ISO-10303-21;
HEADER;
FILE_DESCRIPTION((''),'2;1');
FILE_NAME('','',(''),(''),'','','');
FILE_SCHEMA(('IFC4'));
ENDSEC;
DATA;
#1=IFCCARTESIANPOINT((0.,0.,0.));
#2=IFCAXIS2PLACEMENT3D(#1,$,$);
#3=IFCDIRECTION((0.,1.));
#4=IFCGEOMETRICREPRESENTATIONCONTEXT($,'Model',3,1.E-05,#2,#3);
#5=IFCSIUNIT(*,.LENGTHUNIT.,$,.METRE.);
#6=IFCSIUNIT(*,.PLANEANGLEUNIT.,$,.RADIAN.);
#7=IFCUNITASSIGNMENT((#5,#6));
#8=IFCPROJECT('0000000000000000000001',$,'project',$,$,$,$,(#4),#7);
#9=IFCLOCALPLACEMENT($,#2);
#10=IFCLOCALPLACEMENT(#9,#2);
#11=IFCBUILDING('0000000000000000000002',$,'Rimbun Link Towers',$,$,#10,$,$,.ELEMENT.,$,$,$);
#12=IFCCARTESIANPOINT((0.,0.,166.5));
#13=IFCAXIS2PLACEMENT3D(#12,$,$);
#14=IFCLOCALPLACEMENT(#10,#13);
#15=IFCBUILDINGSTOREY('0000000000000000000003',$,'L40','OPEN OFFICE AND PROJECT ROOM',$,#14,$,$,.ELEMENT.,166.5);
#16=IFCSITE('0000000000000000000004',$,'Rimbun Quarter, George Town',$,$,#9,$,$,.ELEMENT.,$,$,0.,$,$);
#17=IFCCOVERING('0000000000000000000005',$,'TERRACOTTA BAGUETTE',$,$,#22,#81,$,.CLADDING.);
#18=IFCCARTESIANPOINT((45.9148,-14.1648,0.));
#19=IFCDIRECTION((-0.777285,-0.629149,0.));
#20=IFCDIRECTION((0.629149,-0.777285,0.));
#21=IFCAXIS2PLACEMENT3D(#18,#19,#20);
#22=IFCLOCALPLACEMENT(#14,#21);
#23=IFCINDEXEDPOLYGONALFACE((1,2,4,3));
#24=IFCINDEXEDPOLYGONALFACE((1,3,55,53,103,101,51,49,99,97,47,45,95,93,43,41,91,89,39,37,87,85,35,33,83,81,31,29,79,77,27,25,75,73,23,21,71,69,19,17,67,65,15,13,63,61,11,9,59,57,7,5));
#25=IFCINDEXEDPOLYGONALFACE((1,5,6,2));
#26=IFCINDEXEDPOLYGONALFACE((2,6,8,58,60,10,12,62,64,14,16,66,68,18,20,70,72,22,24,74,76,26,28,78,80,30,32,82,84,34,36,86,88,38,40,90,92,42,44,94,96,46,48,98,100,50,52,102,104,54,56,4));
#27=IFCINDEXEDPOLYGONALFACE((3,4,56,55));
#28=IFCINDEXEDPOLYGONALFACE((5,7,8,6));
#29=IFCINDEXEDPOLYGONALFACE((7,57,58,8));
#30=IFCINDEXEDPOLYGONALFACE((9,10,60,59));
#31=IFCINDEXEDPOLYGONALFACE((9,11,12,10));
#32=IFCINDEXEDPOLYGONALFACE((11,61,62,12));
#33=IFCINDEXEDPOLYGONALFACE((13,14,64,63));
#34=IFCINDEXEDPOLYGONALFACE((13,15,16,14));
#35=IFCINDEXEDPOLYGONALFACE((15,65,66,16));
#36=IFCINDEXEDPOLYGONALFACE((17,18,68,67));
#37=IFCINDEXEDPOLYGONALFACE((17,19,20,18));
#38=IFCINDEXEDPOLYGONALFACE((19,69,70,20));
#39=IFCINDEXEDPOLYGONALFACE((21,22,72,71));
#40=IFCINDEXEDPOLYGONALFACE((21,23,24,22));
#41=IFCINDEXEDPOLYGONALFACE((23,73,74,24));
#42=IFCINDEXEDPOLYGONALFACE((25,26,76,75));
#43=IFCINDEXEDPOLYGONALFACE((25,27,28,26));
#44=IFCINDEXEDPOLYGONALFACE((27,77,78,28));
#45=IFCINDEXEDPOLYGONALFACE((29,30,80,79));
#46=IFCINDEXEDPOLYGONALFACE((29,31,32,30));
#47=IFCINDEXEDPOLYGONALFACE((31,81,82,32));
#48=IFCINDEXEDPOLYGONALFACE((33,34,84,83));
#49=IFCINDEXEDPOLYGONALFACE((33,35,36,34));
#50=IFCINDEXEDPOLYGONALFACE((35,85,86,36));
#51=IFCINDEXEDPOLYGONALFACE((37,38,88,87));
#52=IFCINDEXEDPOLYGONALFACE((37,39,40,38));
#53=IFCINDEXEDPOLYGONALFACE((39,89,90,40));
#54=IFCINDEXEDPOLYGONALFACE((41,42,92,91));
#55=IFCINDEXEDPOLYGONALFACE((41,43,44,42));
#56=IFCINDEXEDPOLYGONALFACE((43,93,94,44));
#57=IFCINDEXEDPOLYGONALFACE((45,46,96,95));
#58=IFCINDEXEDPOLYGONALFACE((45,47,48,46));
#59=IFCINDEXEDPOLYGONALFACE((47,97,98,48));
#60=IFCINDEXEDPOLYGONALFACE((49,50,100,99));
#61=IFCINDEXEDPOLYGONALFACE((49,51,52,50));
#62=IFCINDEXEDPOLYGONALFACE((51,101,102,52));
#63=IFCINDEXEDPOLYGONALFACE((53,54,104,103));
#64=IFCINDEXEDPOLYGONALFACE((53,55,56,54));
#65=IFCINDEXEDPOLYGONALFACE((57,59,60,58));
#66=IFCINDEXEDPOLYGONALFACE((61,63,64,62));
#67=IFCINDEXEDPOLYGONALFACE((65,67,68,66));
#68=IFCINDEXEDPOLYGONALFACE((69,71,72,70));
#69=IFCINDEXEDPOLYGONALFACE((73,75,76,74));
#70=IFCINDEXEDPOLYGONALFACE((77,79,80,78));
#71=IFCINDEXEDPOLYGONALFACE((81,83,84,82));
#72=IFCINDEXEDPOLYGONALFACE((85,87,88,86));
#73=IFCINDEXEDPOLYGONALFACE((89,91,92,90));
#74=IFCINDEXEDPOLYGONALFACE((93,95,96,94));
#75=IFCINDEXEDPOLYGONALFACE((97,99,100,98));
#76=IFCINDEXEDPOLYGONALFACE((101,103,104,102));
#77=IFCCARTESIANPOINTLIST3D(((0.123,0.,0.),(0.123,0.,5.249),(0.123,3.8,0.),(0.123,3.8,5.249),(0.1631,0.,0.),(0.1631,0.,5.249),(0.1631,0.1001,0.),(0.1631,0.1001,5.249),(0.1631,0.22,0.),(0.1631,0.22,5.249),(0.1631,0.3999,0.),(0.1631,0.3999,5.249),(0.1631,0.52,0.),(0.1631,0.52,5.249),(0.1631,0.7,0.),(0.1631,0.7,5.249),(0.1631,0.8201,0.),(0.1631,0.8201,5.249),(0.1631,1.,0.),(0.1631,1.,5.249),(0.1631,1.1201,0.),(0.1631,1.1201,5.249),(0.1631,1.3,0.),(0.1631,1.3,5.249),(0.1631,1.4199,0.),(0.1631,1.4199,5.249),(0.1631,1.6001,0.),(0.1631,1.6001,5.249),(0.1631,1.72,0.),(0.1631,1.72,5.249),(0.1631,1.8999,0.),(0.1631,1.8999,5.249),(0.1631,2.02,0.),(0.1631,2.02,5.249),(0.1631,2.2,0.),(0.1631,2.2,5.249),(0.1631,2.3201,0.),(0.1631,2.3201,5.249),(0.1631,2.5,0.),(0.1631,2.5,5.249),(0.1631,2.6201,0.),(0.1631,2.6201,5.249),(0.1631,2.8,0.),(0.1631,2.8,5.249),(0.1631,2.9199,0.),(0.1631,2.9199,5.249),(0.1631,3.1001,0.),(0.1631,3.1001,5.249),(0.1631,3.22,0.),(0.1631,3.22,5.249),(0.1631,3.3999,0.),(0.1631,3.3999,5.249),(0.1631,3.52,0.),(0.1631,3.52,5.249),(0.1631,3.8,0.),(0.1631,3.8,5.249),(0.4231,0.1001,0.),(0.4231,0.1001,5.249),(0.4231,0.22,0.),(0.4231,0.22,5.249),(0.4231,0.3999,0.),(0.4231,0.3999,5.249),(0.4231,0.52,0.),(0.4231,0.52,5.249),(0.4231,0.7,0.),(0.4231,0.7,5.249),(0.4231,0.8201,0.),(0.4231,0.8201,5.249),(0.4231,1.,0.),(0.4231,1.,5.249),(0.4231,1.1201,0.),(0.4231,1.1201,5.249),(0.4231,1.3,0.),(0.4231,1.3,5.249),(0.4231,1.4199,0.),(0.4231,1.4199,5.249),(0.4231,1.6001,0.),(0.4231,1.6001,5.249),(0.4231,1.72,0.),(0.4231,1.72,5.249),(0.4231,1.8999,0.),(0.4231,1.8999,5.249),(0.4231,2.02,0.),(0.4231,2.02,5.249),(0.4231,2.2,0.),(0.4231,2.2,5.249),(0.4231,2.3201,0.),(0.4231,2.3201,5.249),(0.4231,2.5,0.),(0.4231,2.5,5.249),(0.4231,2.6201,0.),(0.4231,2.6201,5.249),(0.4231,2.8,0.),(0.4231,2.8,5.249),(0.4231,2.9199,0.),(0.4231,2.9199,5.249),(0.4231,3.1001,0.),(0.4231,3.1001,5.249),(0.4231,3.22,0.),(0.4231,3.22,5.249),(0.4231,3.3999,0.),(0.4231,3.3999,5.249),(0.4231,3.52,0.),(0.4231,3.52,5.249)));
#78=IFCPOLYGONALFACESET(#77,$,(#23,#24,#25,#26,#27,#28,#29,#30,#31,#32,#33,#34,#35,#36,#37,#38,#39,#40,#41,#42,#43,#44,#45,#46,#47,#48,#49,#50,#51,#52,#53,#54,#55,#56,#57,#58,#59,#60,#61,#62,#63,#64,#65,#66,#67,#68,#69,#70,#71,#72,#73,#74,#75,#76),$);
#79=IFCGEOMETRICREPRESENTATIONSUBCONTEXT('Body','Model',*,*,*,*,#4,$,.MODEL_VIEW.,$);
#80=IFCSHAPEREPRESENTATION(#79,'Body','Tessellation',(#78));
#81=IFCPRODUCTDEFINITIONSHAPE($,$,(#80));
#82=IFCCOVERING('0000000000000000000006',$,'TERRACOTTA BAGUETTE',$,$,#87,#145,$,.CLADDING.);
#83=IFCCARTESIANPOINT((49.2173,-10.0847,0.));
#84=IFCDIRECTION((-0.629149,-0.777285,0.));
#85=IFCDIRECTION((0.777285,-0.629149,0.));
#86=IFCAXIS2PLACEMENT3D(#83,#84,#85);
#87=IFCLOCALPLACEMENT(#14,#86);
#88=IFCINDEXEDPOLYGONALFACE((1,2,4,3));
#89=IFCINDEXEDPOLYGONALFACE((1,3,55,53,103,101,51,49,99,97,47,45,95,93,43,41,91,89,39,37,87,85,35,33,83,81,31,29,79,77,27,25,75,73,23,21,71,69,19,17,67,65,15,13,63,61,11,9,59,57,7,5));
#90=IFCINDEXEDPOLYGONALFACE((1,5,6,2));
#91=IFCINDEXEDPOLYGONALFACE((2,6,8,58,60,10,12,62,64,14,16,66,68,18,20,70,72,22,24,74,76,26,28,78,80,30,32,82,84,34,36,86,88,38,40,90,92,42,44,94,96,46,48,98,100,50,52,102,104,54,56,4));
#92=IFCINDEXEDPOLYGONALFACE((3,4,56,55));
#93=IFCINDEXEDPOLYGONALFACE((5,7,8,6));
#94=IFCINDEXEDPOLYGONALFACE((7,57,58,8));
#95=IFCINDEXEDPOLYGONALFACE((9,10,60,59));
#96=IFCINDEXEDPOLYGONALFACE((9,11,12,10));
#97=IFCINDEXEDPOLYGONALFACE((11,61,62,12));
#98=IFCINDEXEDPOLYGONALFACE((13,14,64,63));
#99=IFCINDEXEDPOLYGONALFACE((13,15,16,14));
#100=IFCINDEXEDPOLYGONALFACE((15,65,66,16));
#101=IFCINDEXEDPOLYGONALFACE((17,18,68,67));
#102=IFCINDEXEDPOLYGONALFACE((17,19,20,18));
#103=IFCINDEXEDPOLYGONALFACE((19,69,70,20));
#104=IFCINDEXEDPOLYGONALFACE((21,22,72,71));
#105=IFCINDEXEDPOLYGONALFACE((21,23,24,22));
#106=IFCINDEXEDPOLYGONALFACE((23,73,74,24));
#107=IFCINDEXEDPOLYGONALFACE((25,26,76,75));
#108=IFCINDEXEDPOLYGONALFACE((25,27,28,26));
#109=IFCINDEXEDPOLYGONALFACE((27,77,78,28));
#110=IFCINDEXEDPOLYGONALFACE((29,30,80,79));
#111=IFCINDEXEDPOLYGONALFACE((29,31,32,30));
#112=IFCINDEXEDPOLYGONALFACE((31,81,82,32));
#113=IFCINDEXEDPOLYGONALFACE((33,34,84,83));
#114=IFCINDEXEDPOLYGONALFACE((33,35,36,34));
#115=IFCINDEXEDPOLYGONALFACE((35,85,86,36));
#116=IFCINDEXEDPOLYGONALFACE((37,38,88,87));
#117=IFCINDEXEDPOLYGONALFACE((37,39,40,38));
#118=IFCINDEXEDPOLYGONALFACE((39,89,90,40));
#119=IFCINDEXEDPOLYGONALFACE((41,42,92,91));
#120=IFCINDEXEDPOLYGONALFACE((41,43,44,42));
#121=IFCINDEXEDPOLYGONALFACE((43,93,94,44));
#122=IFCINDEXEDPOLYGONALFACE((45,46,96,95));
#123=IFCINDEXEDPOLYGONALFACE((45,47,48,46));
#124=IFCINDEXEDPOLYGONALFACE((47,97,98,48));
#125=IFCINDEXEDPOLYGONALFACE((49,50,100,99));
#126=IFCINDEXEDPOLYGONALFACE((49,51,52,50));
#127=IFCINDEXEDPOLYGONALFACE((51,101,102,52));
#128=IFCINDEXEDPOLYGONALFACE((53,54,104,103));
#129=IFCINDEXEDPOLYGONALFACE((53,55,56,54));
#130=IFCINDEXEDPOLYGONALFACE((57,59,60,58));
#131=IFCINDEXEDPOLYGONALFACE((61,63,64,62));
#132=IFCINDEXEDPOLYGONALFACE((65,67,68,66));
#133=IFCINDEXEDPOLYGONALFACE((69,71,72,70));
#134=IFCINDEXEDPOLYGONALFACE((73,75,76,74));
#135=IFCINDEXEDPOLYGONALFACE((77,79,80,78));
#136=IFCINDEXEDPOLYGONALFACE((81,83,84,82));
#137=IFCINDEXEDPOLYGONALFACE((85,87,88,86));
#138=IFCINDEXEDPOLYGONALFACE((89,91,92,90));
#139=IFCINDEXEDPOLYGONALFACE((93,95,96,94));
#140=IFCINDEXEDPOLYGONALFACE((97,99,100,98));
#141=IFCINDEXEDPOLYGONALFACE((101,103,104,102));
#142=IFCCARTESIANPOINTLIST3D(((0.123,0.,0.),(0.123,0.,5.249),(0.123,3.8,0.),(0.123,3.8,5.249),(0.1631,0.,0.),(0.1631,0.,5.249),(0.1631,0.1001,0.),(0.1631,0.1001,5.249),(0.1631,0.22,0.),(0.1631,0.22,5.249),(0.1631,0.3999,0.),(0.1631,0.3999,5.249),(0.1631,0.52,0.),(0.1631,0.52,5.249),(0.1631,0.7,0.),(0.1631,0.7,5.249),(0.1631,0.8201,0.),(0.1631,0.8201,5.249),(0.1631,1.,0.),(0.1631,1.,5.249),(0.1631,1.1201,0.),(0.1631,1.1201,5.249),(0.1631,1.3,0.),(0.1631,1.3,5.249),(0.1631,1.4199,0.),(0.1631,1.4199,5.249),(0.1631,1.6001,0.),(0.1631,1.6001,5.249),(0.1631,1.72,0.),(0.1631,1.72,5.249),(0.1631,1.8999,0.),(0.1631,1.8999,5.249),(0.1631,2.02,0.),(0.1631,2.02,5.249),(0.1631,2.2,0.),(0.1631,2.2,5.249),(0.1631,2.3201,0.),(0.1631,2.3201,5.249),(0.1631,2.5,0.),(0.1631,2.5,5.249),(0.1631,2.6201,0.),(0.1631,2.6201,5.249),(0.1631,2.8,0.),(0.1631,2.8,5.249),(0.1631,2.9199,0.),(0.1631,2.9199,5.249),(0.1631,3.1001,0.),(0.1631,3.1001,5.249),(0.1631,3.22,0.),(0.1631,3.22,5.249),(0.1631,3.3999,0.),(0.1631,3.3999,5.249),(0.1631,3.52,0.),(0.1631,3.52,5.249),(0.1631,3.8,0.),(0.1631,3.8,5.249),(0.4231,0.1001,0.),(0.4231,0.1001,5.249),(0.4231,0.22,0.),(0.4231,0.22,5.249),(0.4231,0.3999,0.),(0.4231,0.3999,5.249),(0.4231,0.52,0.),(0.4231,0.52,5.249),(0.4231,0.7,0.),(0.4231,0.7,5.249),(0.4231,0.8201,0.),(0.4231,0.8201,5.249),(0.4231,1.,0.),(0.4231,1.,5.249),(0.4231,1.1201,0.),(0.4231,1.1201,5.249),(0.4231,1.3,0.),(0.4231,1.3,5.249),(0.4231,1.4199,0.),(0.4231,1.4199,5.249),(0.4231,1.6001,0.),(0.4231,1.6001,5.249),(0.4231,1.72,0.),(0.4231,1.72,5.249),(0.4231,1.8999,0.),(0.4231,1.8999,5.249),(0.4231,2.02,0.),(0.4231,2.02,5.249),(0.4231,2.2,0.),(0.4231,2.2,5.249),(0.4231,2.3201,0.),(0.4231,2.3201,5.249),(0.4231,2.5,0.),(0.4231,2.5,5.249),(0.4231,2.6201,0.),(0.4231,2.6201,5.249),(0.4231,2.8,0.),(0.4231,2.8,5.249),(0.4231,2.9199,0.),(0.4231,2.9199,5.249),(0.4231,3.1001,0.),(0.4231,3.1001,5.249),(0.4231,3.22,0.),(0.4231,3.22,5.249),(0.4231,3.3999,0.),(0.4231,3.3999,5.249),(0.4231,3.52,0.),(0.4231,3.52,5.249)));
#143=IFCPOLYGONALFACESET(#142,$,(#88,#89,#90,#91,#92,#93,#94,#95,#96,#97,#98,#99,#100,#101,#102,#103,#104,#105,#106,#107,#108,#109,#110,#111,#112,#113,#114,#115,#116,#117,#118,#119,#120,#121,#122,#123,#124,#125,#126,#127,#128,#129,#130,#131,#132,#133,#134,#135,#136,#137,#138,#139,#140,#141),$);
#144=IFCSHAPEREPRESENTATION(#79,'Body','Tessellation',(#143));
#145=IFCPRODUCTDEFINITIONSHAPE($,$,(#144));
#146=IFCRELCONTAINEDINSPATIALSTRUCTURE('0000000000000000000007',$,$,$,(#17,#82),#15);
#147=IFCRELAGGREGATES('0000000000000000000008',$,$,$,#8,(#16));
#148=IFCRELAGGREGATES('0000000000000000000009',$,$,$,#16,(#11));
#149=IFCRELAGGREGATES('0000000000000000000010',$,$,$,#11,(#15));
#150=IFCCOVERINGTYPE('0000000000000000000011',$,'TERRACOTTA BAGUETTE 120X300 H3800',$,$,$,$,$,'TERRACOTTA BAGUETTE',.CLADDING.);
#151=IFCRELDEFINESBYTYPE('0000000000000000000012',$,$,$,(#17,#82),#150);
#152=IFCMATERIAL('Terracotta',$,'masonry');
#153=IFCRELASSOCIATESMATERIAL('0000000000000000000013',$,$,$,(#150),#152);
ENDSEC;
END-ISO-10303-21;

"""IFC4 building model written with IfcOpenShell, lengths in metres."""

from ifc_helpers import new_model, si_unit, direction, frame, origin, place, context, subcontext, project, spatial, polyline, outline, extrude, material, material_profile, profile_set, type_object, element, save


model = new_model("IFC4")

# Units and contexts
model_context = context("Model", 3, precision=1e-05, world=origin(), true_north=direction((0.0, 1.0)))
body_context = subcontext(model_context, "Body", "Model", "MODEL_VIEW")
ifc_project = project(units=[si_unit("LENGTHUNIT", "METRE"), si_unit("PLANEANGLEUNIT", "RADIAN")], contexts=[model_context])

# Site, building, storey
site_placement = place(None, origin())
site = spatial("IfcSite", under=ifc_project, at=site_placement, Name="Rimbun Quarter, George Town", CompositionType="ELEMENT", RefElevation=0.0)
building_placement = place(site_placement, origin())
building = spatial("IfcBuilding", under=site, at=building_placement, Name="Rimbun Link Towers", CompositionType="ELEMENT")
storey_placement = place(building_placement, frame((0.0, 0.0, 166.5)))
storey = spatial("IfcBuildingStorey", under=building, at=storey_placement, Name="L40", Description="OPEN OFFICE AND PROJECT ROOM", CompositionType="ELEMENT", Elevation=166.5)

# Coverings
ifc_material_1 = material(Name="Terracotta", Category="masonry")
ifc_material_profile_1 = material_profile(ifc_material_1, outline(polyline([(0.123, 0.0), (0.1631, 0.0), (0.1631, 0.1001), (0.4231, 0.1001), (0.4231, 0.22), (0.1631, 0.22), (0.1631, 0.3999), (0.4231, 0.3999), (0.4231, 0.52), (0.1631, 0.52), (0.1631, 0.7), (0.4231, 0.7), (0.4231, 0.8201), (0.1631, 0.8201), (0.1631, 1.0), (0.4231, 1.0), (0.4231, 1.1201), (0.1631, 1.1201), (0.1631, 1.3), (0.4231, 1.3), (0.4231, 1.4199), (0.1631, 1.4199), (0.1631, 1.6001), (0.4231, 1.6001), (0.4231, 1.72), (0.1631, 1.72), (0.1631, 1.8999), (0.4231, 1.8999), (0.4231, 2.02), (0.1631, 2.02), (0.1631, 2.2), (0.4231, 2.2), (0.4231, 2.3201), (0.1631, 2.3201), (0.1631, 2.5), (0.4231, 2.5), (0.4231, 2.6201), (0.1631, 2.6201), (0.1631, 2.8), (0.4231, 2.8), (0.4231, 2.9199), (0.1631, 2.9199), (0.1631, 3.1001), (0.4231, 3.1001), (0.4231, 3.22), (0.1631, 3.22), (0.1631, 3.3999), (0.4231, 3.3999), (0.4231, 3.52), (0.1631, 3.52), (0.1631, 3.8), (0.123, 3.8), (0.123, 0.0)])), Name="BAGUETTE 120X300")
ifc_profile_set_1 = profile_set([ifc_material_profile_1], Name="Terracotta")
covering_type = type_object("IfcCoveringType", Name="TERRACOTTA BAGUETTE 120X300 H3800", ElementType="TERRACOTTA BAGUETTE", PredefinedType="CLADDING", material=ifc_profile_set_1)
for number, where, z_axis, x_axis, name in (
    (1, (45.9148, -14.1648, 0.0), (-0.777285, -0.629149, 0.0), (0.629149, -0.777285, 0.0), "TERRACOTTA BAGUETTE"),
    (2, (49.2173, -10.0847, 0.0), (-0.629149, -0.777285, 0.0), (0.777285, -0.629149, 0.0), "TERRACOTTA BAGUETTE"),
):
    element("IfcCovering", number, at=place(storey_placement, frame(where, z_axis=z_axis, x_axis=x_axis)), inside=storey, type_object=covering_type, Name=name, PredefinedType="CLADDING", context=body_context, shape_type="SweptSolid", body=[
        extrude(outline(polyline([(0.123, 0.0), (0.1631, 0.0), (0.1631, 0.1001), (0.4231, 0.1001), (0.4231, 0.22), (0.1631, 0.22), (0.1631, 0.3999), (0.4231, 0.3999), (0.4231, 0.52), (0.1631, 0.52), (0.1631, 0.7), (0.4231, 0.7), (0.4231, 0.8201), (0.1631, 0.8201), (0.1631, 1.0), (0.4231, 1.0), (0.4231, 1.1201), (0.1631, 1.1201), (0.1631, 1.3), (0.4231, 1.3), (0.4231, 1.4199), (0.1631, 1.4199), (0.1631, 1.6001), (0.4231, 1.6001), (0.4231, 1.72), (0.1631, 1.72), (0.1631, 1.8999), (0.4231, 1.8999), (0.4231, 2.02), (0.1631, 2.02), (0.1631, 2.2), (0.4231, 2.2), (0.4231, 2.3201), (0.1631, 2.3201), (0.1631, 2.5), (0.4231, 2.5), (0.4231, 2.6201), (0.1631, 2.6201), (0.1631, 2.8), (0.4231, 2.8), (0.4231, 2.9199), (0.1631, 2.9199), (0.1631, 3.1001), (0.4231, 3.1001), (0.4231, 3.22), (0.1631, 3.22), (0.1631, 3.3999), (0.4231, 3.3999), (0.4231, 3.52), (0.1631, 3.52), (0.1631, 3.8), (0.123, 3.8), (0.123, 0.0)])), origin(), (0.0, 0.0, 1.0), 5.249),
    ])

save(model, "model.ifc")
